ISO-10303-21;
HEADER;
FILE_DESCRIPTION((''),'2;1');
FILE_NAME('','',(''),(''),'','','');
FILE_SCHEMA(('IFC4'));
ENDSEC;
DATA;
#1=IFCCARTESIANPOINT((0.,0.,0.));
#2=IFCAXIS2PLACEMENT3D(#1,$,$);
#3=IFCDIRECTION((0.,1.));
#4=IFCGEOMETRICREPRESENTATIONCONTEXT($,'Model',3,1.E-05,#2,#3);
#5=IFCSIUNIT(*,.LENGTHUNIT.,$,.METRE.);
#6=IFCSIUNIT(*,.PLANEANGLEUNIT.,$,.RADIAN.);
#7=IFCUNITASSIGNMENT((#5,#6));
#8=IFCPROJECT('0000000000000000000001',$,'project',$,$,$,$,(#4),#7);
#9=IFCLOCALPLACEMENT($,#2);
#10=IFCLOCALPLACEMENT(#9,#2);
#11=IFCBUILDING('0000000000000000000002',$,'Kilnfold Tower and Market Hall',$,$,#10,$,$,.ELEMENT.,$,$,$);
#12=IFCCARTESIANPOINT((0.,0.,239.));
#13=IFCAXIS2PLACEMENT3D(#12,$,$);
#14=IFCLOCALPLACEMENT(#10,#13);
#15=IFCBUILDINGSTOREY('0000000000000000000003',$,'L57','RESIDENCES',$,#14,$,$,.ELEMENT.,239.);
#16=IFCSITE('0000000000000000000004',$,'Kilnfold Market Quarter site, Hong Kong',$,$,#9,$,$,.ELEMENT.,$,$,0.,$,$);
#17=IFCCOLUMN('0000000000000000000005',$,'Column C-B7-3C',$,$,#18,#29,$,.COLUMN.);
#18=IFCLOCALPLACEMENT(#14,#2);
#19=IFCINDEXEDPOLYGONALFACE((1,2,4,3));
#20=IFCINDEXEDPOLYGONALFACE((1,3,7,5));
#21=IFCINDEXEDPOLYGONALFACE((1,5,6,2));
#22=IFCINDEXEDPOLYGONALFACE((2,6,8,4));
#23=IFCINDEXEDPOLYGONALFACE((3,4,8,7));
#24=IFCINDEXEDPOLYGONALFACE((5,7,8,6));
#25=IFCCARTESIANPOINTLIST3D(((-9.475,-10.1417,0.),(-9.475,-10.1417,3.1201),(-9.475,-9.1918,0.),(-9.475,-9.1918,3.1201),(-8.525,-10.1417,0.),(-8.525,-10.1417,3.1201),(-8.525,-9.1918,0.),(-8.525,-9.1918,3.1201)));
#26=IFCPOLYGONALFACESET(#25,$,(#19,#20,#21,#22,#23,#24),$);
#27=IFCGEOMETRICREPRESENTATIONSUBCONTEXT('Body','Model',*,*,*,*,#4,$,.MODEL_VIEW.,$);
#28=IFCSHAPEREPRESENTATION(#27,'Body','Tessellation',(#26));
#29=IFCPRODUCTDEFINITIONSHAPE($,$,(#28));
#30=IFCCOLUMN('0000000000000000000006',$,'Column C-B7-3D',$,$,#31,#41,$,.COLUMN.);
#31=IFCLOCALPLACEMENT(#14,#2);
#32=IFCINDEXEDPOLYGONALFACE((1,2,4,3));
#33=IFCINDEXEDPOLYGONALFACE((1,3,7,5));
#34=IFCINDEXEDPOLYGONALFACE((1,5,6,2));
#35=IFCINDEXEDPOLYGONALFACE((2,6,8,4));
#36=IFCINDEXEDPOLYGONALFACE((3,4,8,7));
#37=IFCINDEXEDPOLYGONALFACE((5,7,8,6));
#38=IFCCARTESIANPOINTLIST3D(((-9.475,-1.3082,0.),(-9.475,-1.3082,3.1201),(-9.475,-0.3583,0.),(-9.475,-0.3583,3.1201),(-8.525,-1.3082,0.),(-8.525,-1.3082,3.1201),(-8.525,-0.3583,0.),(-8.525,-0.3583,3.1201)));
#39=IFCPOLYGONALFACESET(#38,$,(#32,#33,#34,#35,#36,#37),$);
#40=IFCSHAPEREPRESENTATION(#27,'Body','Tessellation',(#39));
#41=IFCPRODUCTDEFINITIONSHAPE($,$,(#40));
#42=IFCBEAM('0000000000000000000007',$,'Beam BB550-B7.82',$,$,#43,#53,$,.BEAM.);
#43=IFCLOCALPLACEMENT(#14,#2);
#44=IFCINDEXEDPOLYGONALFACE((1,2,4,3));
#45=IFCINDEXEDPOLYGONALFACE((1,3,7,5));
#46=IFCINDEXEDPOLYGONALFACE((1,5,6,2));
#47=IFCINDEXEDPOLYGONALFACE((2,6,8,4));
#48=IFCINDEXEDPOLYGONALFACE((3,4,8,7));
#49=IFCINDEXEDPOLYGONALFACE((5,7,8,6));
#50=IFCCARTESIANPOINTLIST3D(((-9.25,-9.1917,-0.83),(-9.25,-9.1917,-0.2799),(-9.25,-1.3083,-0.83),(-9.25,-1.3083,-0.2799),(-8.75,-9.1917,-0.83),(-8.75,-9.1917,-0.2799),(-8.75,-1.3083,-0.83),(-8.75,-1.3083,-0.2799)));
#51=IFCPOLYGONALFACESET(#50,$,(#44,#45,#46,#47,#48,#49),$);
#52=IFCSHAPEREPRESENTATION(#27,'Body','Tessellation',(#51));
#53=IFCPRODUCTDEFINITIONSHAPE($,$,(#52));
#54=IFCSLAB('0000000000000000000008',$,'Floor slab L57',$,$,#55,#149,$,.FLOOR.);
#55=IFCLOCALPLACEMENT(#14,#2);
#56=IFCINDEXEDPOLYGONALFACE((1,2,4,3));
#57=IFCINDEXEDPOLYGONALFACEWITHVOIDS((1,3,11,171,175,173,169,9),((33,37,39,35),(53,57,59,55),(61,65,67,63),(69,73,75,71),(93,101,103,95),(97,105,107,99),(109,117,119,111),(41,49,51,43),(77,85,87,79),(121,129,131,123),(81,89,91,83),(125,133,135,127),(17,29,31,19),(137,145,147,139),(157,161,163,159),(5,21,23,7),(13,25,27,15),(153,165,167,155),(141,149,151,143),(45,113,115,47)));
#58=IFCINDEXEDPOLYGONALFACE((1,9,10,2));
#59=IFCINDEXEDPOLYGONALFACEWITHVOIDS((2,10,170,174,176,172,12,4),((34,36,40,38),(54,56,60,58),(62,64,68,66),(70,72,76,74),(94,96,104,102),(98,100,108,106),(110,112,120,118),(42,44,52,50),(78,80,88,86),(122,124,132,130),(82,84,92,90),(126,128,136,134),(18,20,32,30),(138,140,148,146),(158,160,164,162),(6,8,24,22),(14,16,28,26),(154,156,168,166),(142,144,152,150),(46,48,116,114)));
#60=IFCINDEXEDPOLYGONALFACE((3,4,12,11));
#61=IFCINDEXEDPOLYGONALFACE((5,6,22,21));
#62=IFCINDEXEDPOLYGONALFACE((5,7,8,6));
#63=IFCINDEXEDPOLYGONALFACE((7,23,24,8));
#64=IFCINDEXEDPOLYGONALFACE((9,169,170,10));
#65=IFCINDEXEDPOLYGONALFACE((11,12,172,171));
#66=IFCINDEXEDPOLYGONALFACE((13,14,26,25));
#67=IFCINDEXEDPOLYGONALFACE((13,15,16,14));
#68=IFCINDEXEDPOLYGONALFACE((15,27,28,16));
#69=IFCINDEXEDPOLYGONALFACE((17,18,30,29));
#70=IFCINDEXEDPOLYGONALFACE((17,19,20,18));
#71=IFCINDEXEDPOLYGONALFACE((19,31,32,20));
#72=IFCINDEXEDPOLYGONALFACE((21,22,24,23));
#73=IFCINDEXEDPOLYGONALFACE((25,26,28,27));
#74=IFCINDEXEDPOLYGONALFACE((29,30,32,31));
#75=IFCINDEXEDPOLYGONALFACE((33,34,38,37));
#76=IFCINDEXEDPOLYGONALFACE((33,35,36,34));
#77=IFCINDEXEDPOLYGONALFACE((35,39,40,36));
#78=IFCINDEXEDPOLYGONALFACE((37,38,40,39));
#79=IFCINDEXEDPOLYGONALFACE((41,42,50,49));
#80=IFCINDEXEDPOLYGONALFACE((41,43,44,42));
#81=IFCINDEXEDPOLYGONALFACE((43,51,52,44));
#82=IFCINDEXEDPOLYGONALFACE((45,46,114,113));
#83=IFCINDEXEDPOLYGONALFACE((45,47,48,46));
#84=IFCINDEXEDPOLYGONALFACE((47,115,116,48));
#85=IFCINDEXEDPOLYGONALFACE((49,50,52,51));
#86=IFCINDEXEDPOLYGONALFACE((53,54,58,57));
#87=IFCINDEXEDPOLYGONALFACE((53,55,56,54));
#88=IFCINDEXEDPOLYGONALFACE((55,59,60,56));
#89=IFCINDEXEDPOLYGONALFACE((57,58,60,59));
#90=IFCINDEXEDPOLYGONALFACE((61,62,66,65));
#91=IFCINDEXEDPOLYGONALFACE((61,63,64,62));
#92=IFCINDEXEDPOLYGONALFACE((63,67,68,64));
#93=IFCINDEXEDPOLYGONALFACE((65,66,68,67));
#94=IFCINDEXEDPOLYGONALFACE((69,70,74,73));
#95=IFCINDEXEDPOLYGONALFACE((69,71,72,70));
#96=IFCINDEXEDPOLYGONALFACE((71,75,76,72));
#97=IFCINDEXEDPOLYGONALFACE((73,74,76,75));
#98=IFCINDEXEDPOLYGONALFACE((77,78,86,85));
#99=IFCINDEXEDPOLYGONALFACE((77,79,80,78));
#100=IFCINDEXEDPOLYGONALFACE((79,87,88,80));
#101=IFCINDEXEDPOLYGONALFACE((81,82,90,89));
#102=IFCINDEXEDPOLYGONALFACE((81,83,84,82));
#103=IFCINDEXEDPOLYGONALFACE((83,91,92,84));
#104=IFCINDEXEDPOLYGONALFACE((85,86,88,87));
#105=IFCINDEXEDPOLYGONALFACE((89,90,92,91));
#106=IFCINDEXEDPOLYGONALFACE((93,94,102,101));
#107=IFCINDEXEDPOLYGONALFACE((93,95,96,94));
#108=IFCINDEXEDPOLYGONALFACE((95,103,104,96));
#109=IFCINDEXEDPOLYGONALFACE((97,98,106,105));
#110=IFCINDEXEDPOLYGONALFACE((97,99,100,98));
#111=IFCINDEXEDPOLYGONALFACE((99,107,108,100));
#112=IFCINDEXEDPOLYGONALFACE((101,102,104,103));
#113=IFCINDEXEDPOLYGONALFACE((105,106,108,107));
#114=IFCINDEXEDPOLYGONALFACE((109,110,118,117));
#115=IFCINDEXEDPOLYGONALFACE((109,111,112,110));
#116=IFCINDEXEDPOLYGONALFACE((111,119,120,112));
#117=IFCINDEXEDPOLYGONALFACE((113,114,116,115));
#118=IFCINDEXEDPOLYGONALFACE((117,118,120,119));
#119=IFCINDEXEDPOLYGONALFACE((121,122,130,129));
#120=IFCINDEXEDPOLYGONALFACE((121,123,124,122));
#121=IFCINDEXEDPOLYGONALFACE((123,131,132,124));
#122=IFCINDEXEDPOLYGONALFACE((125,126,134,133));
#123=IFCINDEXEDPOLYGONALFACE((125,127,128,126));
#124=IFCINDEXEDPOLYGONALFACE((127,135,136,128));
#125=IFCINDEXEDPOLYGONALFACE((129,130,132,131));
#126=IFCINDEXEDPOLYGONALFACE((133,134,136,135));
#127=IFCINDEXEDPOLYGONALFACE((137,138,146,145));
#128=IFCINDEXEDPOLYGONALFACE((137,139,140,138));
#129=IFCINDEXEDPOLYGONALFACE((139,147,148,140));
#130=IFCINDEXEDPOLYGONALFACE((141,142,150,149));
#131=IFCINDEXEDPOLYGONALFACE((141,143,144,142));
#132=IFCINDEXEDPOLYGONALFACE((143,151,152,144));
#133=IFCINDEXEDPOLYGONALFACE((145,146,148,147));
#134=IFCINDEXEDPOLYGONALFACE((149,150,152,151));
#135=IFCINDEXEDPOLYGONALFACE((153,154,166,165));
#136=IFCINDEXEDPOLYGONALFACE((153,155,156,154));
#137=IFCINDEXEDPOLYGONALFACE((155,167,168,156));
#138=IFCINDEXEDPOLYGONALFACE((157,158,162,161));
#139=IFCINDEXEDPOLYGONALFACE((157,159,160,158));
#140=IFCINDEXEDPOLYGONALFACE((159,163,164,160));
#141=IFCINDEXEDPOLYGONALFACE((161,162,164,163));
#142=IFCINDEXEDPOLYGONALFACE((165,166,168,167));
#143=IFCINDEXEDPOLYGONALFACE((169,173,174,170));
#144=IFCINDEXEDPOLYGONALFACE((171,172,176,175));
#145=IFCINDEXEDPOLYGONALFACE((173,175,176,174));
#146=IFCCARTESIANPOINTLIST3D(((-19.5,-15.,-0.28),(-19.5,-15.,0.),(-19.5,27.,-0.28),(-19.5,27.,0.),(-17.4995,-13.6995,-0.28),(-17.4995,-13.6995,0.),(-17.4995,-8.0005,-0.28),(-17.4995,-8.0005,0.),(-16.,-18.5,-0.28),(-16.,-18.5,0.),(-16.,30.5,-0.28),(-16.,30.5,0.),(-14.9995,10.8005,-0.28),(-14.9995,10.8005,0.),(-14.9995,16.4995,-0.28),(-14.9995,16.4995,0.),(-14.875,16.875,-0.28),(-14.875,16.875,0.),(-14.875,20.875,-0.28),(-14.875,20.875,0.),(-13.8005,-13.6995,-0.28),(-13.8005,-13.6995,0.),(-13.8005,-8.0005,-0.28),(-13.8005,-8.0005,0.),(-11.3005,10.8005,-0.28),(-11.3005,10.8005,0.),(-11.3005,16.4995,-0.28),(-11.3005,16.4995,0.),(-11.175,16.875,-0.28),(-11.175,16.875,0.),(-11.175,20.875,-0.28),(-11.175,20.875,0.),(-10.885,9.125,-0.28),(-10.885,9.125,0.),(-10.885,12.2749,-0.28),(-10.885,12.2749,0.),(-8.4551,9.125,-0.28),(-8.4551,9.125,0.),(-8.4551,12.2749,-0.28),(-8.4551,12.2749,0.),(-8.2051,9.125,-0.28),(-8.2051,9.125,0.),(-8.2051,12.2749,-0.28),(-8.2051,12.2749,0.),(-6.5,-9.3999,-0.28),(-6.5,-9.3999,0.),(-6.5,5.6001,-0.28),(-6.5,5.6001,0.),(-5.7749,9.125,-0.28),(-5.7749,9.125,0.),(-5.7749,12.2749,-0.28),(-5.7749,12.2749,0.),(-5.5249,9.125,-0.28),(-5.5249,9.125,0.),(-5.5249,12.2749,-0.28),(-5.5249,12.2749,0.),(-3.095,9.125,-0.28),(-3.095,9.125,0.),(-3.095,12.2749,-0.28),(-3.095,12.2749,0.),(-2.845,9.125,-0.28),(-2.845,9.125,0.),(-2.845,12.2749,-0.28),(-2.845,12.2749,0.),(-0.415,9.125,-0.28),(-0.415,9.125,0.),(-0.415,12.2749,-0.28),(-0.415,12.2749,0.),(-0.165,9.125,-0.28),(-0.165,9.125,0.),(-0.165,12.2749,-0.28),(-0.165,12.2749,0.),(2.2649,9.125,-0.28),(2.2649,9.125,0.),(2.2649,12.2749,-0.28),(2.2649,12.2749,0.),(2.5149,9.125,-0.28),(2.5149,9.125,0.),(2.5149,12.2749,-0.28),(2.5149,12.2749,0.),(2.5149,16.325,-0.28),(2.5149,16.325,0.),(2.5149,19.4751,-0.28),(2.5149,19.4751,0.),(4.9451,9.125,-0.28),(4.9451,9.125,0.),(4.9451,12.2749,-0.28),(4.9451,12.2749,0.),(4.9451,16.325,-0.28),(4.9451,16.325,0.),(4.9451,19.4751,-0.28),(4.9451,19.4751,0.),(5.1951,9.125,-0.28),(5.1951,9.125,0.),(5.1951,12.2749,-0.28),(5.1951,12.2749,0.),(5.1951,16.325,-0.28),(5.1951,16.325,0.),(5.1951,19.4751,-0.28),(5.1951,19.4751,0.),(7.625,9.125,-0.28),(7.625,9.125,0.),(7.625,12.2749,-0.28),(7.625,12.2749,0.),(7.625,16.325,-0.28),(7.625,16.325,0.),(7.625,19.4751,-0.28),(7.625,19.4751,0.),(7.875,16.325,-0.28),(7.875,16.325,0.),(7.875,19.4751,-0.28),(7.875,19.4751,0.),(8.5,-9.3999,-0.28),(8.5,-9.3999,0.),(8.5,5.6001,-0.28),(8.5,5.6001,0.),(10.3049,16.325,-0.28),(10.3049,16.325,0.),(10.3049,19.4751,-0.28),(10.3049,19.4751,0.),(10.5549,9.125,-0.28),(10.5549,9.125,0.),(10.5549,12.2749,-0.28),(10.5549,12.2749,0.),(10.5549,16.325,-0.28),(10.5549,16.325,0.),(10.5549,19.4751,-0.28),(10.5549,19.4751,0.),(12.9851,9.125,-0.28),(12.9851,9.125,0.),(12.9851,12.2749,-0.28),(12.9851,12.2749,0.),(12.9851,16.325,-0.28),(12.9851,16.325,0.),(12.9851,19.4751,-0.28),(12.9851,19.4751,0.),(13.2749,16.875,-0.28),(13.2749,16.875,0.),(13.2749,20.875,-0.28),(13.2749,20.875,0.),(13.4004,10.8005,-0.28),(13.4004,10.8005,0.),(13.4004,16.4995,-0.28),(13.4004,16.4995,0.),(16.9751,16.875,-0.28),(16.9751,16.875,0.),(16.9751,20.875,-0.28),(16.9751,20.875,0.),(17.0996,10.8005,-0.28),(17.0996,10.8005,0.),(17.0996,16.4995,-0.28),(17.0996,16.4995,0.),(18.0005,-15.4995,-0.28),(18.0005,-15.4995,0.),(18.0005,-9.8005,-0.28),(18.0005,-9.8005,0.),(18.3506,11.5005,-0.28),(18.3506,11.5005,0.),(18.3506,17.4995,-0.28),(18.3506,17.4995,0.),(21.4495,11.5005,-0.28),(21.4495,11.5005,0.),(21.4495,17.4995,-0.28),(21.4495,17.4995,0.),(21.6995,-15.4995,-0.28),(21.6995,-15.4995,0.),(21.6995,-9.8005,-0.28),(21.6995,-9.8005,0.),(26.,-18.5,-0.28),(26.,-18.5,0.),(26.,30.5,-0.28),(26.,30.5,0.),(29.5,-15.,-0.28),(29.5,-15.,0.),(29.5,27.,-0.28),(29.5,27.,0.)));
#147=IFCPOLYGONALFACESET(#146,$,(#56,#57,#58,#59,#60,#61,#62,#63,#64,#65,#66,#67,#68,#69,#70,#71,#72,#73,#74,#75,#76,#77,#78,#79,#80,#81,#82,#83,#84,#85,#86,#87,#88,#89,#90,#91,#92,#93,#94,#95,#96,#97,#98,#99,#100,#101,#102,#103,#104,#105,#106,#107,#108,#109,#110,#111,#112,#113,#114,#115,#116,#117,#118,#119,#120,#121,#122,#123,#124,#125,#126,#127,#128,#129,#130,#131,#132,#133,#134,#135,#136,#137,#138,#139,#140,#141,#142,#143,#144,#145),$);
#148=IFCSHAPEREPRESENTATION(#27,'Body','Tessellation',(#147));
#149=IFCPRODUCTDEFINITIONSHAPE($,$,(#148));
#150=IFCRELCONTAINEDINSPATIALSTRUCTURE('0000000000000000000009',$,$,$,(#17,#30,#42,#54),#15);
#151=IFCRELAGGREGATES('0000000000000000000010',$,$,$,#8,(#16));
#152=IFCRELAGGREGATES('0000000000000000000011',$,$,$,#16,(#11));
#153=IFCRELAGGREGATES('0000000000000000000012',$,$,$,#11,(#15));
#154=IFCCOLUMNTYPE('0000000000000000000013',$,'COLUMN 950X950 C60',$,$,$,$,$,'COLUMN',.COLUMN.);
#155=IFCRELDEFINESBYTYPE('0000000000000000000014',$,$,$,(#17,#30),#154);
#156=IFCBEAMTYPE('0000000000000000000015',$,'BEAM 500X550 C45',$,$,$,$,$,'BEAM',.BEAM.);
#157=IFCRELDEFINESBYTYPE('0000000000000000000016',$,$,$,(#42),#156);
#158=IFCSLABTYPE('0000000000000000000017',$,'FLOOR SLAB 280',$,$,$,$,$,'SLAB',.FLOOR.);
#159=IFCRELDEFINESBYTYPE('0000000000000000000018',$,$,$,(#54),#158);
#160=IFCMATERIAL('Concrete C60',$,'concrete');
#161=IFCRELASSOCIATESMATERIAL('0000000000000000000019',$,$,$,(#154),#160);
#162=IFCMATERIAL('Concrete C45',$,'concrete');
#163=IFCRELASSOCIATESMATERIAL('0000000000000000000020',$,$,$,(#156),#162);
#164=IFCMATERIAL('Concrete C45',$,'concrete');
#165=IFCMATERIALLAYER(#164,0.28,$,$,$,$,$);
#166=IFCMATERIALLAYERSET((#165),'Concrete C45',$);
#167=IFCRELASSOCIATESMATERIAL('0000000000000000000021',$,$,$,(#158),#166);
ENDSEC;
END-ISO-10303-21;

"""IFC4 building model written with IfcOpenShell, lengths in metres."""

from ifc_helpers import new_model, si_unit, direction, frame, origin, origin_2d, place, context, subcontext, project, spatial, polyline, rectangle, outline, extrude, source, transform, mapped, material, layer, layer_set, material_profile, profile_set, type_object, element, save


model = new_model("IFC4")

# Units and contexts
model_context = context("Model", 3, precision=1e-05, world=origin(), true_north=direction((0.0, 1.0)))
body_context = subcontext(model_context, "Body", "Model", "MODEL_VIEW")
ifc_project = project(units=[si_unit("LENGTHUNIT", "METRE"), si_unit("PLANEANGLEUNIT", "RADIAN")], contexts=[model_context])

# Site, building, storey
site_placement = place(None, origin())
site = spatial("IfcSite", under=ifc_project, at=site_placement, Name="Kilnfold Market Quarter site, Hong Kong", CompositionType="ELEMENT", RefElevation=0.0)
building_placement = place(site_placement, origin())
building = spatial("IfcBuilding", under=site, at=building_placement, Name="Kilnfold Tower and Market Hall", CompositionType="ELEMENT")
storey_placement = place(building_placement, frame((0.0, 0.0, 239.0)))
storey = spatial("IfcBuildingStorey", under=building, at=storey_placement, Name="L57", Description="RESIDENCES", CompositionType="ELEMENT", Elevation=239.0)

# Columns
ifc_material_1 = material(Name="Concrete C60", Category="concrete")
ifc_material_profile_1 = material_profile(ifc_material_1, rectangle(XDim=0.95, YDim=0.95, at=origin_2d()), Name="RC 950x950")
ifc_profile_set_1 = profile_set([ifc_material_profile_1], Name="Concrete C60")
column_type = type_object("IfcColumnType", Name="COLUMN 950X950 C60", ElementType="COLUMN", PredefinedType="COLUMN", material=ifc_profile_set_1)
shared_shape_1 = source(origin(), body_context, "Body", "SweptSolid", [
    extrude(rectangle(XDim=0.95, YDim=0.95, at=origin_2d()), origin(), (0.0, 0.0, 1.0), 3.1201),
])
for number, where, z_axis, x_axis, name in (
    (1, (-9.0, -9.6667, 0.0), (0.0, 0.0, 1.0), (1.0, 0.0, 0.0), "Column C-B7-3C"),
    (2, (-9.0, -0.8333, 0.0), (0.0, 0.0, 1.0), (1.0, 0.0, 0.0), "Column C-B7-3D"),
):
    element("IfcColumn", number, at=place(storey_placement, frame(where, z_axis=z_axis, x_axis=x_axis)), inside=storey, type_object=column_type, Name=name, PredefinedType="COLUMN", context=body_context, shape_type="MappedRepresentation", body=[
        mapped(shared_shape_1, transform((0.0, 0.0, 0.0))),
    ])

# Beam
ifc_material_2 = material(Name="Concrete C45", Category="concrete")
ifc_material_profile_2 = material_profile(ifc_material_2, rectangle(XDim=0.5, YDim=0.55, at=origin_2d()), Name="RC 500x550")
ifc_profile_set_2 = profile_set([ifc_material_profile_2], Name="Concrete C45")
beam_type = type_object("IfcBeamType", Name="BEAM 500X550 C45", ElementType="BEAM", PredefinedType="BEAM", material=ifc_profile_set_2)
shared_shape_2 = source(origin(), body_context, "Body", "SweptSolid", [
    extrude(rectangle(XDim=0.5, YDim=0.55, at=origin_2d()), origin(), (0.0, 0.0, 1.0), 7.8833),
])
beam_placement = place(storey_placement, frame((-9.0, -9.1917, -0.5549), z_axis=(0.0, 1.0, 0.0), x_axis=(-1.0, 0.0, 0.0)))
element("IfcBeam", 3, at=beam_placement, inside=storey, type_object=beam_type, Name="Beam BB550-B7.82", PredefinedType="BEAM", context=body_context, shape_type="MappedRepresentation", body=[
    mapped(shared_shape_2, transform((0.0, 0.0, 0.0))),
])

# Slab
ifc_material_3 = material(Name="Concrete C45", Category="concrete")
ifc_layer_1 = layer(ifc_material_3, 0.28)
ifc_layer_set_1 = layer_set([ifc_layer_1], Name="Concrete C45")
slab_type_1 = type_object("IfcSlabType", Name="FLOOR SLAB 280", ElementType="SLAB", PredefinedType="FLOOR", material=ifc_layer_set_1)
shared_shape_3 = source(origin(), body_context, "Body", "SweptSolid", [
    extrude(outline(polyline([(-16.0, -18.5), (26.0, -18.5), (29.5, -15.0), (29.5, 27.0), (26.0, 30.5), (-16.0, 30.5), (-19.5, 27.0), (-19.5, -15.0), (-16.0, -18.5)]), holes=[polyline([(-13.8005, -13.6995), (-17.4995, -13.6995), (-17.4995, -8.0005), (-13.8005, -8.0005), (-13.8005, -13.6995)]), polyline([(-11.3005, 10.8005), (-14.9995, 10.8005), (-14.9995, 16.4995), (-11.3005, 16.4995), (-11.3005, 10.8005)]), polyline([(-14.875, 16.875), (-14.875, 20.875), (-11.175, 20.875), (-11.175, 16.875), (-14.875, 16.875)]), polyline([(-8.4551, 9.125), (-10.885, 9.125), (-10.885, 12.2749), (-8.4551, 12.2749), (-8.4551, 9.125)]), polyline([(-8.2051, 9.125), (-8.2051, 12.2749), (-5.7749, 12.2749), (-5.7749, 9.125), (-8.2051, 9.125)]), polyline([(8.5, -9.3999), (-6.5, -9.3999), (-6.5, 5.6001), (8.5, 5.6001), (8.5, -9.3999)]), polyline([(-5.5249, 9.125), (-5.5249, 12.2749), (-3.095, 12.2749), (-3.095, 9.125), (-5.5249, 9.125)]), polyline([(-0.415, 9.125), (-2.845, 9.125), (-2.845, 12.2749), (-0.415, 12.2749), (-0.415, 9.125)]), polyline([(2.2649, 9.125), (-0.165, 9.125), (-0.165, 12.2749), (2.2649, 12.2749), (2.2649, 9.125)]), polyline([(4.9451, 9.125), (2.5149, 9.125), (2.5149, 12.2749), (4.9451, 12.2749), (4.9451, 9.125)]), polyline([(2.5149, 16.325), (2.5149, 19.4751), (4.9451, 19.4751), (4.9451, 16.325), (2.5149, 16.325)]), polyline([(7.625, 9.125), (5.1951, 9.125), (5.1951, 12.2749), (7.625, 12.2749), (7.625, 9.125)]), polyline([(7.625, 16.325), (5.1951, 16.325), (5.1951, 19.4751), (7.625, 19.4751), (7.625, 16.325)]), polyline([(10.3049, 16.325), (7.875, 16.325), (7.875, 19.4751), (10.3049, 19.4751), (10.3049, 16.325)]), polyline([(10.5549, 9.125), (10.5549, 12.2749), (12.9851, 12.2749), (12.9851, 9.125), (10.5549, 9.125)]), polyline([(10.5549, 16.325), (10.5549, 19.4751), (12.9851, 19.4751), (12.9851, 16.325), (10.5549, 16.325)]), polyline([(13.2749, 16.875), (13.2749, 20.875), (16.9751, 20.875), (16.9751, 16.875), (13.2749, 16.875)]), polyline([(13.4004, 10.8005), (13.4004, 16.4995), (17.0996, 16.4995), (17.0996, 10.8005), (13.4004, 10.8005)]), polyline([(18.0005, -9.8005), (21.6995, -9.8005), (21.6995, -15.4995), (18.0005, -15.4995), (18.0005, -9.8005)]), polyline([(21.4495, 11.5005), (18.3506, 11.5005), (18.3506, 17.4995), (21.4495, 17.4995), (21.4495, 11.5005)])]), origin(), (0.0, 0.0, 1.0), 0.28),
])
slab_1_placement = place(storey_placement, frame((0.0, 0.0, -0.28)))
element("IfcSlab", 4, at=slab_1_placement, inside=storey, type_object=slab_type_1, Name="Floor slab L57", PredefinedType="FLOOR", context=body_context, shape_type="MappedRepresentation", body=[
    mapped(shared_shape_3, transform((0.0, 0.0, 0.0))),
])

save(model, "model.ifc")
